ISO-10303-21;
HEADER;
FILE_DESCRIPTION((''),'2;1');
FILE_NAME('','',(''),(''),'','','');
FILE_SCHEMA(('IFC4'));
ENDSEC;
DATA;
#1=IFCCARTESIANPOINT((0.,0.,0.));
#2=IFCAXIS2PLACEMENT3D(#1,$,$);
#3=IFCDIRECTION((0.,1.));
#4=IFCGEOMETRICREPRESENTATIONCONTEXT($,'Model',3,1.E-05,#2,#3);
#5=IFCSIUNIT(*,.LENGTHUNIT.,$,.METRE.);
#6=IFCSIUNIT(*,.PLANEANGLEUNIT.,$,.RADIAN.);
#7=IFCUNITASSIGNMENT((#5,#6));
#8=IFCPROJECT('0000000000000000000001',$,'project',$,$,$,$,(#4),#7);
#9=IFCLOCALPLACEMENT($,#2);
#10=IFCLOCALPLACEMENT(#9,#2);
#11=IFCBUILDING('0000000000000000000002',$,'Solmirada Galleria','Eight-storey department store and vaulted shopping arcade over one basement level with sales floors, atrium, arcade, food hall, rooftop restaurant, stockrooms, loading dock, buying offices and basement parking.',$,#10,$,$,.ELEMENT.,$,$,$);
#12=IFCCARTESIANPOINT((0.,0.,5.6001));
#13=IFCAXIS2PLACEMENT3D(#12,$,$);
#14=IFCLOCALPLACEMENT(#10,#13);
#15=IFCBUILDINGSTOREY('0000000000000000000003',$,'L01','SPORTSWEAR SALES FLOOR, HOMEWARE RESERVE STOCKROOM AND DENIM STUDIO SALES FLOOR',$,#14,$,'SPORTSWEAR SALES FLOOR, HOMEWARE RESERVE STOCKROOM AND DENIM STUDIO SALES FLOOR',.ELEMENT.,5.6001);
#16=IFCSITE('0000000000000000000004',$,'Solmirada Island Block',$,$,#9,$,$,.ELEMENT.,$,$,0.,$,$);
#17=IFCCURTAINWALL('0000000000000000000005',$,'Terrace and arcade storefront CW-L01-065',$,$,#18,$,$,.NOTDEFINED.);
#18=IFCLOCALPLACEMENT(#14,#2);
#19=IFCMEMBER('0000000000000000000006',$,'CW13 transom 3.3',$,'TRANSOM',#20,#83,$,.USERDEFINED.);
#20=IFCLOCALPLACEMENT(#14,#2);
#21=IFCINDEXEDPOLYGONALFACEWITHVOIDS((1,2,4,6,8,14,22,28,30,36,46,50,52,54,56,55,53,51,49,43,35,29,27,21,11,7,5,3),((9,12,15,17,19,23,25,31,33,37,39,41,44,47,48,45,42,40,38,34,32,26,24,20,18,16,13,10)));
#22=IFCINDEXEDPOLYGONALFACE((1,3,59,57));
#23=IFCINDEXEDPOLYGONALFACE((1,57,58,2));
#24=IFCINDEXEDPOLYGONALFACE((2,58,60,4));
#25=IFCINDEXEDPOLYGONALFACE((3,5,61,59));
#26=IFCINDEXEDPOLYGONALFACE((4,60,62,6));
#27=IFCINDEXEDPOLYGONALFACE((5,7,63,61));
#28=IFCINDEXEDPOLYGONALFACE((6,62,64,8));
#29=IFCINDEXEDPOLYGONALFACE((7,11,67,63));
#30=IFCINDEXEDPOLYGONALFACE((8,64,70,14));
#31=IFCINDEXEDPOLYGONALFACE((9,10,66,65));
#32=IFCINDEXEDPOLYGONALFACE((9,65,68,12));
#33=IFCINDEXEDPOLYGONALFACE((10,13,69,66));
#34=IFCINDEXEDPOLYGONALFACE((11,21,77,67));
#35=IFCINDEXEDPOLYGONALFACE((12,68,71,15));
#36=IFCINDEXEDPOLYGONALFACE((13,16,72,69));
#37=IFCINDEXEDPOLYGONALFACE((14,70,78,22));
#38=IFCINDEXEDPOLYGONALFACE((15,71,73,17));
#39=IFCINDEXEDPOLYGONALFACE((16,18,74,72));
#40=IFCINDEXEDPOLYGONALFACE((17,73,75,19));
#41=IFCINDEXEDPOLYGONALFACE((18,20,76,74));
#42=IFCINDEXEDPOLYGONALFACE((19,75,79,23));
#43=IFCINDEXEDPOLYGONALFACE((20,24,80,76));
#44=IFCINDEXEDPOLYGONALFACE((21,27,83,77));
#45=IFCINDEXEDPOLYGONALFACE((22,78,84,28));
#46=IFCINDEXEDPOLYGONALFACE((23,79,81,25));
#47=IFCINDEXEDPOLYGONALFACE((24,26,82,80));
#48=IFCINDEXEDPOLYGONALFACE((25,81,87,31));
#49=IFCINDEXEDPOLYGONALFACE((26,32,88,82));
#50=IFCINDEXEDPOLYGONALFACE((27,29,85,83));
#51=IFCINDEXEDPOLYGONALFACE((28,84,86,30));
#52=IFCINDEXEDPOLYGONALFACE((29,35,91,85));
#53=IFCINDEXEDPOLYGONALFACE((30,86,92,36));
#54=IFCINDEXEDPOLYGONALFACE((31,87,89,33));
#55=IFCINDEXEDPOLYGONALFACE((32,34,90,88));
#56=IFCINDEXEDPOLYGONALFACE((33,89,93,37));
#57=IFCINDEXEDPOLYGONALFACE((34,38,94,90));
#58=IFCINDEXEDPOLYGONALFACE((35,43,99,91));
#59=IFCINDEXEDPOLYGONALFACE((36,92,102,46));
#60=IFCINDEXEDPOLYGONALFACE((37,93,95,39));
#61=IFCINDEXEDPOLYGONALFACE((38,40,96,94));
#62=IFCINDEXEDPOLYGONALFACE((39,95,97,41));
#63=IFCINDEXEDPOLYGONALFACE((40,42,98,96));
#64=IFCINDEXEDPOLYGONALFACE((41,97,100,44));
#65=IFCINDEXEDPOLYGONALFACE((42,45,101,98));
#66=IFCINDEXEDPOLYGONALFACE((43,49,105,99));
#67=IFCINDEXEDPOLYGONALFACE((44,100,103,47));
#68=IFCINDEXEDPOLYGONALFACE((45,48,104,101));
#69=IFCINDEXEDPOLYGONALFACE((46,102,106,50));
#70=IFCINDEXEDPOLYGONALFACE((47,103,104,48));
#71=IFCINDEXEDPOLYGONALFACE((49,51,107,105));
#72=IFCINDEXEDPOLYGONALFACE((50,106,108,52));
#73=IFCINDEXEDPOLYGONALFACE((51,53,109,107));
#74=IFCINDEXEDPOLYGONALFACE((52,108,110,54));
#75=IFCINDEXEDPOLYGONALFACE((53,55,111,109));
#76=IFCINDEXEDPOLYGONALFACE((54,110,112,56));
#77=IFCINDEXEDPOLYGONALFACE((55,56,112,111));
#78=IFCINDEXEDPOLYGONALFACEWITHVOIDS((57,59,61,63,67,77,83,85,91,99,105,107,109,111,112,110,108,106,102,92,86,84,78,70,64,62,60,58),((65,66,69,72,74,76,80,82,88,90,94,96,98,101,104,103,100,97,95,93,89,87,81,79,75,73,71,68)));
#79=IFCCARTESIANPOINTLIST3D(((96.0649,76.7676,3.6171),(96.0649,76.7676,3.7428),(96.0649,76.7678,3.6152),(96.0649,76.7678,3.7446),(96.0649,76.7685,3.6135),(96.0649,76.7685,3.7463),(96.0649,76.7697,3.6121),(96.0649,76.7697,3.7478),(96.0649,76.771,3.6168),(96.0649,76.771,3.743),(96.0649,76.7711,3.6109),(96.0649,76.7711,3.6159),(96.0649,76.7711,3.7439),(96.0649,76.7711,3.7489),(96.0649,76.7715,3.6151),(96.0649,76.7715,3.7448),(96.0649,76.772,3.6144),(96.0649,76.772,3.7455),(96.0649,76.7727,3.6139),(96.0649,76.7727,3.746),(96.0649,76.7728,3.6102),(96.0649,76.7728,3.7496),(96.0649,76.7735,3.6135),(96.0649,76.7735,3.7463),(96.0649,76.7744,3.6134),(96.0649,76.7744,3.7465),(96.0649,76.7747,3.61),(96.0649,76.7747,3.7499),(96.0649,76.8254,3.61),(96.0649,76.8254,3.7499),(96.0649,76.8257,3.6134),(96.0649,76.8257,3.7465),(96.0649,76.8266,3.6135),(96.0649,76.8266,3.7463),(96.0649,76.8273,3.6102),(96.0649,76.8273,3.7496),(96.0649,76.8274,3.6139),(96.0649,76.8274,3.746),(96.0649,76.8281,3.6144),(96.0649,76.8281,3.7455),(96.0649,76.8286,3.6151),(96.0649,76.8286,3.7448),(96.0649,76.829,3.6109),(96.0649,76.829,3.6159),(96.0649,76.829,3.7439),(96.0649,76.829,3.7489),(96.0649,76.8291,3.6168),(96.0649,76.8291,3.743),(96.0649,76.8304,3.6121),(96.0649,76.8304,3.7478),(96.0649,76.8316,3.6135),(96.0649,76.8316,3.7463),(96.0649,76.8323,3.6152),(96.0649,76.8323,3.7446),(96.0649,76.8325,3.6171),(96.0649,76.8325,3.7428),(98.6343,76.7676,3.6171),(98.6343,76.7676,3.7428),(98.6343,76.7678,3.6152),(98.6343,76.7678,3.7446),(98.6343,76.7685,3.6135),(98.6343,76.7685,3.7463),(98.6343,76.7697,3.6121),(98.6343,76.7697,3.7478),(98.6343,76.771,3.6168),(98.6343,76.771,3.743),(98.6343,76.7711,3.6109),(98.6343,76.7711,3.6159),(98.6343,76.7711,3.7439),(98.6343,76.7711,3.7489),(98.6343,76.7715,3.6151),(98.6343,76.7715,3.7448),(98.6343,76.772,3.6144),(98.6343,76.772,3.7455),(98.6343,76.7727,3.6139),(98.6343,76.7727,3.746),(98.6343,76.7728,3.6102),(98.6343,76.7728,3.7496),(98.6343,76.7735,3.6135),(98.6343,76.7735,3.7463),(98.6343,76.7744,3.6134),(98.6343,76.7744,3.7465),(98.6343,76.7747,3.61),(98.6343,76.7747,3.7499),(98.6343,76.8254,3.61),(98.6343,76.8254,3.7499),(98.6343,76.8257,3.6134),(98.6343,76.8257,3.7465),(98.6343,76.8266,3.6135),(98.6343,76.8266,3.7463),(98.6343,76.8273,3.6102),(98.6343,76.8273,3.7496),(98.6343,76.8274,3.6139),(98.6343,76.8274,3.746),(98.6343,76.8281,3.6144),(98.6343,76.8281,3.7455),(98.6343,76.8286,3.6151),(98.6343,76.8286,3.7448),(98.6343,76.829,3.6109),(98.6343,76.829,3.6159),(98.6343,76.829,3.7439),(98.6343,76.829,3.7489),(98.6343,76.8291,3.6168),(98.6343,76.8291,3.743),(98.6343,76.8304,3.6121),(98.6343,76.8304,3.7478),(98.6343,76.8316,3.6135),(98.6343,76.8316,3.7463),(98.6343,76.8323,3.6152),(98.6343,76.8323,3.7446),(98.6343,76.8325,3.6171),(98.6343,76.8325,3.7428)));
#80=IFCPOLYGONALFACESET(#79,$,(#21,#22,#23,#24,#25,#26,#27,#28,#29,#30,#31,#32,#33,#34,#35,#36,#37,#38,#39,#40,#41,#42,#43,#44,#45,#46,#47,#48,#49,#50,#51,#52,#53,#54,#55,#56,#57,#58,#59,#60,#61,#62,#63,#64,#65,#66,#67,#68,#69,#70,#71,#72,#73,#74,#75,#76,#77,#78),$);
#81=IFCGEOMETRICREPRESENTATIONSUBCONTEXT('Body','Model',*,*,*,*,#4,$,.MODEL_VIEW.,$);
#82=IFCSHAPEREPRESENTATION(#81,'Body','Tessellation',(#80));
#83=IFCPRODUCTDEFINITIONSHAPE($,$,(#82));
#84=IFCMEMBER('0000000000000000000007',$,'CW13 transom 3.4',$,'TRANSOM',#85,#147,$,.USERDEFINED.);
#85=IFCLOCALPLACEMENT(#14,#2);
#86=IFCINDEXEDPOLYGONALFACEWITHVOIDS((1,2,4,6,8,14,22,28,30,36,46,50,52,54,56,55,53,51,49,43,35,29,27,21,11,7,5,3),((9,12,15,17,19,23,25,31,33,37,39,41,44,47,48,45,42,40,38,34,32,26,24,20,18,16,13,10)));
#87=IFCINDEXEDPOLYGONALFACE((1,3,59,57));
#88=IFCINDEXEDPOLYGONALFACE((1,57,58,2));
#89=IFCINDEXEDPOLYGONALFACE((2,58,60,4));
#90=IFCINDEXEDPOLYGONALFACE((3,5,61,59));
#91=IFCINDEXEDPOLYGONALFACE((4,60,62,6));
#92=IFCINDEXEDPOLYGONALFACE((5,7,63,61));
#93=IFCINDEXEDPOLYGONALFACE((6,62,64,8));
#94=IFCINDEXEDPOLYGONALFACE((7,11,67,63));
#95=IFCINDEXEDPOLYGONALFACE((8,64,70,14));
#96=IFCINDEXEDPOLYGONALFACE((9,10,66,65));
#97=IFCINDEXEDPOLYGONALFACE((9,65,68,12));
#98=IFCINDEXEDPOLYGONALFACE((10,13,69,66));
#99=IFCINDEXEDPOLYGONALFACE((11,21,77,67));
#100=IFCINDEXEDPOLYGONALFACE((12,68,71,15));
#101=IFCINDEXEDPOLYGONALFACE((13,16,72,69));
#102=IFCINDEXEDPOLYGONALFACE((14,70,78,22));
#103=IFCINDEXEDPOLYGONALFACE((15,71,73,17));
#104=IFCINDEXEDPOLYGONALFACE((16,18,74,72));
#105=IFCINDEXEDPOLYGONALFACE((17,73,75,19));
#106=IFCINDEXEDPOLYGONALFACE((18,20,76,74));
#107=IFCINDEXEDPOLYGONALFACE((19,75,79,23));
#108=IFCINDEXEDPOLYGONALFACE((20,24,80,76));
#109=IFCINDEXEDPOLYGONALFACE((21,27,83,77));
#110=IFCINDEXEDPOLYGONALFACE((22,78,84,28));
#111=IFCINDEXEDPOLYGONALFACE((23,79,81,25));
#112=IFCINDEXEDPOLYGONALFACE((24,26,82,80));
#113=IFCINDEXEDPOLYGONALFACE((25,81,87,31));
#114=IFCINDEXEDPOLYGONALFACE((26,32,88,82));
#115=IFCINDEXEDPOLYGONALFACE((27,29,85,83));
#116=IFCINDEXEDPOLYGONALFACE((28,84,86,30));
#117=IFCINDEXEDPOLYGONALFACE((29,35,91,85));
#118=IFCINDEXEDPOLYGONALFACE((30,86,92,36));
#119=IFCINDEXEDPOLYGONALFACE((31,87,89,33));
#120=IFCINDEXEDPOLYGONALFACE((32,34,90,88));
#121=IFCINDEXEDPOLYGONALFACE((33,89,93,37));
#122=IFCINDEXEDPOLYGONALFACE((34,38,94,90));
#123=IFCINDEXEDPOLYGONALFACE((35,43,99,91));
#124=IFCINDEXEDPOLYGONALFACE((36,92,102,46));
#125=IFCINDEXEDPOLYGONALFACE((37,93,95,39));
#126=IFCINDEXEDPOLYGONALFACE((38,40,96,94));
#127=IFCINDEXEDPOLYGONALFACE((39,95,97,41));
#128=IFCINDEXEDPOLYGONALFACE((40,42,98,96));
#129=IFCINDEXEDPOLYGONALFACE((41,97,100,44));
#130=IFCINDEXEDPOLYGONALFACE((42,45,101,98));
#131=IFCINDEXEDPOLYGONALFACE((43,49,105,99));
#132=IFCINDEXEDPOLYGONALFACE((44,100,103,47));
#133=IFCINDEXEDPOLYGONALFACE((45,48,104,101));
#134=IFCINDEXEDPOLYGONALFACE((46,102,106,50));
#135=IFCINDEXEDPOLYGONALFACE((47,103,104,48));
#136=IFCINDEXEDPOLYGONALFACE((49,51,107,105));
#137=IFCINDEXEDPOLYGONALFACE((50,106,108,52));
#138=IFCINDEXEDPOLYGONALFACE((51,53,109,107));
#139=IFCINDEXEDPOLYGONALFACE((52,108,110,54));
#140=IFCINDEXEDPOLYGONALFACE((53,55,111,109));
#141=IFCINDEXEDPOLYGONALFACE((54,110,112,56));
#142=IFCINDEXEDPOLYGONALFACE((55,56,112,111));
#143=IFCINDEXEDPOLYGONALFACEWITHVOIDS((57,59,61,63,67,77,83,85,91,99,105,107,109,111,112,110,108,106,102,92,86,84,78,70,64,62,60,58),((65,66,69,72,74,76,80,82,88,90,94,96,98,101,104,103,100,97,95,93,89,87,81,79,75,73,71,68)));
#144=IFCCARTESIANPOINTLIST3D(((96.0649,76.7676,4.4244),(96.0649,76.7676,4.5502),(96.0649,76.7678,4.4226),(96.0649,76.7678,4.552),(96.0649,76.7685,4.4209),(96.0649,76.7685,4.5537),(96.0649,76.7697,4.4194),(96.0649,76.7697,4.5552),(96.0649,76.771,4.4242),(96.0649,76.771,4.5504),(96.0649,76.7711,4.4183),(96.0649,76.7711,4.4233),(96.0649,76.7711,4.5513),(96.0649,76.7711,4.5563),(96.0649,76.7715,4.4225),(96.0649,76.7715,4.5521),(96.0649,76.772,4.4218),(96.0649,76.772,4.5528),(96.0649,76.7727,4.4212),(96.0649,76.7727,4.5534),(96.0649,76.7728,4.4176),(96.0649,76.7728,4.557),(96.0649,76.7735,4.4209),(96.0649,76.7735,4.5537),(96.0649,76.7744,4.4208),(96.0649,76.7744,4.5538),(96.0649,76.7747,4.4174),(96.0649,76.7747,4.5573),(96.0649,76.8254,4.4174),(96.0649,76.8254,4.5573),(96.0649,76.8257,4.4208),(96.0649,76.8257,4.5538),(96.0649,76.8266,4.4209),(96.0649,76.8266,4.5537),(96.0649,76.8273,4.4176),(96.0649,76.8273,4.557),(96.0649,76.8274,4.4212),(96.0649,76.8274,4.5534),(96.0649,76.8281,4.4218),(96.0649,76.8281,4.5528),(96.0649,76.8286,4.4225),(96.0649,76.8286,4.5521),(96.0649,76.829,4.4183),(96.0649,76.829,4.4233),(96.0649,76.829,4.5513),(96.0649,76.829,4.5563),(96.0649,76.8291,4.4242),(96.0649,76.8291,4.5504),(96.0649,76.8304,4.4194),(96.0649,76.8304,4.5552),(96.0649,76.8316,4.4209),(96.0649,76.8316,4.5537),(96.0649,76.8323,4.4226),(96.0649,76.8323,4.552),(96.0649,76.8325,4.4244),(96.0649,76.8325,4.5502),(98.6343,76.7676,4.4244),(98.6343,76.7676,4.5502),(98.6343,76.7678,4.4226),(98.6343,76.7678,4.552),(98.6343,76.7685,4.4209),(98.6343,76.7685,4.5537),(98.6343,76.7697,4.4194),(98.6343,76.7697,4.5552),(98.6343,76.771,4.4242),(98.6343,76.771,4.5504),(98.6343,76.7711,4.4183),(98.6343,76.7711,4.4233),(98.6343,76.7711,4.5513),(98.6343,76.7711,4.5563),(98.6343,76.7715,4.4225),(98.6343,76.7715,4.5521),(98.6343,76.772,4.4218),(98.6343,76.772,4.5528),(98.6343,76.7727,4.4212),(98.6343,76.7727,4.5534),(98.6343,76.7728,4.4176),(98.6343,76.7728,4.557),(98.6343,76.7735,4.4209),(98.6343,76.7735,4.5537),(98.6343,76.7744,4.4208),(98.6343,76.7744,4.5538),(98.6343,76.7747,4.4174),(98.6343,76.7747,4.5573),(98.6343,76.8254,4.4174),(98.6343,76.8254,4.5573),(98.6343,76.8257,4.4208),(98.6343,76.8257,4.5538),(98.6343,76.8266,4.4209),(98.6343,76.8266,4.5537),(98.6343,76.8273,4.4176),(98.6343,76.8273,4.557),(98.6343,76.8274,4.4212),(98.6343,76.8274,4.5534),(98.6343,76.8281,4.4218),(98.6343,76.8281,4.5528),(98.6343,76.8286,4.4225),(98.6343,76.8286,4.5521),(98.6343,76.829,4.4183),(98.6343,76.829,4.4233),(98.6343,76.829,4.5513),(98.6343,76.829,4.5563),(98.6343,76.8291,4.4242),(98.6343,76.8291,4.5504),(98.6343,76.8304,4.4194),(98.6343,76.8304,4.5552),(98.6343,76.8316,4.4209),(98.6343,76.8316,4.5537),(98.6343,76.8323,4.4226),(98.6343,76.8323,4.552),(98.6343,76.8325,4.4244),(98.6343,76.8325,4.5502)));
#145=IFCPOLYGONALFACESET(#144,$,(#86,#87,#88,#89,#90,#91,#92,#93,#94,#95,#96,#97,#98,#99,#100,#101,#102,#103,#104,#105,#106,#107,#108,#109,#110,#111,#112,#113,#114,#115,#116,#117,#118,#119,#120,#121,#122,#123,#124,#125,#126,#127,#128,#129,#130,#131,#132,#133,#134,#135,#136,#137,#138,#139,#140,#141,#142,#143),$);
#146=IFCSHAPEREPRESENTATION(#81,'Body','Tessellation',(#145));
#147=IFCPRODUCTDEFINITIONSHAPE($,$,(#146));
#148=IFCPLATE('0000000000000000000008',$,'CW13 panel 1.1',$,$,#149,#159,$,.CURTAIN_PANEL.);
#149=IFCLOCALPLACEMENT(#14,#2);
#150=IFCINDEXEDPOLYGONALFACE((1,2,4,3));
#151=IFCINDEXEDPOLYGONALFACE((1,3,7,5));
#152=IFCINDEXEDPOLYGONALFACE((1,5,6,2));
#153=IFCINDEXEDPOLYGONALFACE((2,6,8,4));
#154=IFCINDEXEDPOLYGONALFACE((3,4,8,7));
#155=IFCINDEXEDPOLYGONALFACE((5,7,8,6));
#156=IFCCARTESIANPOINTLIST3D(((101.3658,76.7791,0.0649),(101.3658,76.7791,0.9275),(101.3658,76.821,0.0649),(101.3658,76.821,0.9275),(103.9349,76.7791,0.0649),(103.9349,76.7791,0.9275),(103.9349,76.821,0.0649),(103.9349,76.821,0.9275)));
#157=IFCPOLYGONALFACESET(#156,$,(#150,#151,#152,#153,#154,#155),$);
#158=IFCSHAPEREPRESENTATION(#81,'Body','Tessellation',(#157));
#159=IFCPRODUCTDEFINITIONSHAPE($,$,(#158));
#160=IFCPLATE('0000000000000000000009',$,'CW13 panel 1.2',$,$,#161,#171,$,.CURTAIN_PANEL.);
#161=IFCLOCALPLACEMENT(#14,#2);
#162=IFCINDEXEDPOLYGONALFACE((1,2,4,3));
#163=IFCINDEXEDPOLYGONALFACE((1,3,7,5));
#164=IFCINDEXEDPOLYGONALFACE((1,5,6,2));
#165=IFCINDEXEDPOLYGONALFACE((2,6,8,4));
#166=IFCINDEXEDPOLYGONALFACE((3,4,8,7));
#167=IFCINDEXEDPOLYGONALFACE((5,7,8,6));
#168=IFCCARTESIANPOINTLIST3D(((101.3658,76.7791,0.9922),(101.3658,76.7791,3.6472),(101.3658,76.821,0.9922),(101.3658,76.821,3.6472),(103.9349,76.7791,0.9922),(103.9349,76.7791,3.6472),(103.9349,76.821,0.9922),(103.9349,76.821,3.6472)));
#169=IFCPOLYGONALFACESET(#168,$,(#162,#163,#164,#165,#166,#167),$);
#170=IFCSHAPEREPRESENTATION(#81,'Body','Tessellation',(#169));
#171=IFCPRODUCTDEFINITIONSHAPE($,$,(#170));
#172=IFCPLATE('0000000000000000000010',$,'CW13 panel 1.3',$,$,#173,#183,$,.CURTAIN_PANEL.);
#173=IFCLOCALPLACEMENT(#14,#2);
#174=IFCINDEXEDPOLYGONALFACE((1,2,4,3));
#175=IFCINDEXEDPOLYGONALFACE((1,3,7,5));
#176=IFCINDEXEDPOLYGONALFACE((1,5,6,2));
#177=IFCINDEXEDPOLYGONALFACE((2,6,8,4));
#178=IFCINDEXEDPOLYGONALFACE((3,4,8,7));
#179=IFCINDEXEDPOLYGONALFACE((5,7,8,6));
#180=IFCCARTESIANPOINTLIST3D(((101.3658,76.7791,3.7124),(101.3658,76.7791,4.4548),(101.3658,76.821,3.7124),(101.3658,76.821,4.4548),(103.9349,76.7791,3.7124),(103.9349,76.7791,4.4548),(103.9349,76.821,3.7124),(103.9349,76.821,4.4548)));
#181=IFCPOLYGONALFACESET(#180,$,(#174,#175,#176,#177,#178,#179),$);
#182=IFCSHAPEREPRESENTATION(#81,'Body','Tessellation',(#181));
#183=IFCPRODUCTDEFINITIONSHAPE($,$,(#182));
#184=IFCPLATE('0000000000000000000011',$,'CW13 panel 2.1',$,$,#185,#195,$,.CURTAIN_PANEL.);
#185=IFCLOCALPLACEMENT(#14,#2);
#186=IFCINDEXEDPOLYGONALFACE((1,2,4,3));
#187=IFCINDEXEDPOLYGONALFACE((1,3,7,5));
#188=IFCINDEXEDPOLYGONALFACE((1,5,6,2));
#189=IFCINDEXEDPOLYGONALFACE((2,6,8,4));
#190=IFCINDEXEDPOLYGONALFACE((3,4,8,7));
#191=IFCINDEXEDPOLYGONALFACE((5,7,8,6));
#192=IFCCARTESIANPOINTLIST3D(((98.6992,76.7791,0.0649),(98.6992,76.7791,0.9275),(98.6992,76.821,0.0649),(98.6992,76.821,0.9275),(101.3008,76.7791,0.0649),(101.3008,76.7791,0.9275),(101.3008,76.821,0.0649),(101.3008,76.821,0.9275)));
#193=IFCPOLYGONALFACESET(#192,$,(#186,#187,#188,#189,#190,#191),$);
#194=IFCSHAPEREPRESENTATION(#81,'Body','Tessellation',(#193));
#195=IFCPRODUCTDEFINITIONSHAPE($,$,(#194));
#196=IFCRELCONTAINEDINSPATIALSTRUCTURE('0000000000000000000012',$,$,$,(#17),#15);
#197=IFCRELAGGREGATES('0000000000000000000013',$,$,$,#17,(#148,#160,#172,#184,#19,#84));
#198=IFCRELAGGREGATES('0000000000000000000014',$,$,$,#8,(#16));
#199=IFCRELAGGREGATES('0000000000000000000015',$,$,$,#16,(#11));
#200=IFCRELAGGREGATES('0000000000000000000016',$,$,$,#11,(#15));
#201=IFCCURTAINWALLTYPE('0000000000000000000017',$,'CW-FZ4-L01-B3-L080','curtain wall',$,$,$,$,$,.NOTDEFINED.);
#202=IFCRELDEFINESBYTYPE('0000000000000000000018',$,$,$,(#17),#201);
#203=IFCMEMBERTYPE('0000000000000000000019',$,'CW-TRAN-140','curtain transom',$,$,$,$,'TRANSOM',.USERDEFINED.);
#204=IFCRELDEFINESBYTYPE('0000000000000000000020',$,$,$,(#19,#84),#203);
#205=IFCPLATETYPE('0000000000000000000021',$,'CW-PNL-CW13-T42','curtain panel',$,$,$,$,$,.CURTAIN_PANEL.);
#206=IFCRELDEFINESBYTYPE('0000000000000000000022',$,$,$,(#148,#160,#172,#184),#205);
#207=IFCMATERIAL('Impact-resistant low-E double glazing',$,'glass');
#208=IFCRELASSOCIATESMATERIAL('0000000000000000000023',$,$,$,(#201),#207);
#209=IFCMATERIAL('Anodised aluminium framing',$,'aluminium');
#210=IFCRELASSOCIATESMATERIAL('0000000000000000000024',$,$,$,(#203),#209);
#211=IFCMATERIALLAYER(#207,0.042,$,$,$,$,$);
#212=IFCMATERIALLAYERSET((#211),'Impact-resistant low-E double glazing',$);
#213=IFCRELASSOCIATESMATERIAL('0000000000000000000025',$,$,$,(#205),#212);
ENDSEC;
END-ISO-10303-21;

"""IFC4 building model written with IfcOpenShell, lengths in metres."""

from ifc_helpers import new_model, si_unit, direction, frame, origin, origin_2d, place, context, subcontext, project, spatial, rectangle, hollow_rectangle, extrude, material, layer, layer_set, material_profile, profile_set, type_object, element, aggregate, save


model = new_model("IFC4")

# Units and contexts
model_context = context("Model", 3, precision=1e-05, world=origin(), true_north=direction((0.0, 1.0)))
body_context = subcontext(model_context, "Body", "Model", "MODEL_VIEW")
ifc_project = project(units=[si_unit("LENGTHUNIT", "METRE"), si_unit("PLANEANGLEUNIT", "RADIAN")], contexts=[model_context])

# Site, building, storey
site_placement = place(None, origin())
site = spatial("IfcSite", under=ifc_project, at=site_placement, Name="Solmirada Island Block", CompositionType="ELEMENT", RefElevation=0.0)
building_placement = place(site_placement, origin())
building = spatial("IfcBuilding", under=site, at=building_placement, Name="Solmirada Galleria", Description="Eight-storey department store and vaulted shopping arcade over one basement level with sales floors, atrium, arcade, food hall, rooftop restaurant, stockrooms, loading dock, buying offices and basement parking.", CompositionType="ELEMENT")
storey_placement = place(building_placement, frame((0.0, 0.0, 5.6001)))
storey = spatial("IfcBuildingStorey", under=building, at=storey_placement, Name="L01", Description="SPORTSWEAR SALES FLOOR, HOMEWARE RESERVE STOCKROOM AND DENIM STUDIO SALES FLOOR", LongName="SPORTSWEAR SALES FLOOR, HOMEWARE RESERVE STOCKROOM AND DENIM STUDIO SALES FLOOR", CompositionType="ELEMENT", Elevation=5.6001)

# Curtain wall, members, plates
ifc_material_1 = material(Name="Impact-resistant low-E double glazing", Category="glass")
curtain_wall_type = type_object("IfcCurtainWallType", Name="CW-FZ4-L01-B3-L080", Description="curtain wall", PredefinedType="NOTDEFINED", material=ifc_material_1)
curtain_wall_placement = place(storey_placement, origin())
curtain_wall = element("IfcCurtainWall", 1, at=curtain_wall_placement, inside=storey, type_object=curtain_wall_type, Name="Terrace and arcade storefront CW-L01-065", PredefinedType="NOTDEFINED")
ifc_material_2 = material(Name="Anodised aluminium framing", Category="aluminium")
ifc_material_profile_1 = material_profile(ifc_material_2, hollow_rectangle(XDim=0.0649, YDim=0.1399, WallThickness=0.0034, InnerFilletRadius=0.0034, OuterFilletRadius=0.0071, at=origin_2d()), Name="ALU-TRAN-140X65")
ifc_profile_set_1 = profile_set([ifc_material_profile_1], Name="Anodised aluminium framing")
member_type_1 = type_object("IfcMemberType", Name="CW-TRAN-140", Description="curtain transom", ElementType="TRANSOM", PredefinedType="USERDEFINED", material=ifc_profile_set_1)
member_1_placement = place(storey_placement, frame((98.6343, 76.8, 3.6799), z_axis=(-1.0, 0.0, 0.0), x_axis=(0.0, -1.0, 0.0)))
member_1 = element("IfcMember", 2, at=member_1_placement, type_object=member_type_1, Name="CW13 transom 3.3", ObjectType="TRANSOM", PredefinedType="USERDEFINED", context=body_context, shape_type="SweptSolid", body=[
    extrude(hollow_rectangle(XDim=0.0649, YDim=0.1399, WallThickness=0.0034, InnerFilletRadius=0.0034, OuterFilletRadius=0.0071, at=origin_2d()), origin(), (0.0, 0.0, 1.0), 2.5693),
])
member_2_placement = place(storey_placement, frame((98.6343, 76.8, 4.4873), z_axis=(-1.0, 0.0, 0.0), x_axis=(0.0, -1.0, 0.0)))
member_2 = element("IfcMember", 3, at=member_2_placement, type_object=member_type_1, Name="CW13 transom 3.4", ObjectType="TRANSOM", PredefinedType="USERDEFINED", context=body_context, shape_type="SweptSolid", body=[
    extrude(hollow_rectangle(XDim=0.0649, YDim=0.1399, WallThickness=0.0034, InnerFilletRadius=0.0034, OuterFilletRadius=0.0071, at=origin_2d()), origin(), (0.0, 0.0, 1.0), 2.5693),
])
ifc_layer_1 = layer(ifc_material_1, 0.042)
ifc_layer_set_1 = layer_set([ifc_layer_1], Name="Impact-resistant low-E double glazing")
plate_type = type_object("IfcPlateType", Name="CW-PNL-CW13-T42", Description="curtain panel", PredefinedType="CURTAIN_PANEL", material=ifc_layer_set_1)
plate_1_placement = place(storey_placement, frame((102.6504, 76.8, 0.0649), z_axis=(0.0, 0.0, 1.0), x_axis=(-1.0, 0.0, 0.0)))
plate_1 = element("IfcPlate", 4, at=plate_1_placement, type_object=plate_type, Name="CW13 panel 1.1", PredefinedType="CURTAIN_PANEL", context=body_context, shape_type="SweptSolid", body=[
    extrude(rectangle(XDim=2.5691, YDim=0.042, at=origin_2d()), origin(), (0.0, 0.0, 1.0), 0.8625),
])
plate_2_placement = place(storey_placement, frame((102.6504, 76.8, 0.9922), z_axis=(0.0, 0.0, 1.0), x_axis=(-1.0, 0.0, 0.0)))
plate_2 = element("IfcPlate", 5, at=plate_2_placement, type_object=plate_type, Name="CW13 panel 1.2", PredefinedType="CURTAIN_PANEL", context=body_context, shape_type="SweptSolid", body=[
    extrude(rectangle(XDim=2.5691, YDim=0.042, at=origin_2d()), origin(), (0.0, 0.0, 1.0), 2.655),
])
plate_3_placement = place(storey_placement, frame((102.6504, 76.8, 3.7124), z_axis=(0.0, 0.0, 1.0), x_axis=(-1.0, 0.0, 0.0)))
plate_3 = element("IfcPlate", 6, at=plate_3_placement, type_object=plate_type, Name="CW13 panel 1.3", PredefinedType="CURTAIN_PANEL", context=body_context, shape_type="SweptSolid", body=[
    extrude(rectangle(XDim=2.5691, YDim=0.042, at=origin_2d()), origin(), (0.0, 0.0, 1.0), 0.7424),
])
plate_4_placement = place(storey_placement, frame((100.0, 76.8, 0.0649), z_axis=(0.0, 0.0, 1.0), x_axis=(-1.0, 0.0, 0.0)))
plate_4 = element("IfcPlate", 7, at=plate_4_placement, type_object=plate_type, Name="CW13 panel 2.1", PredefinedType="CURTAIN_PANEL", context=body_context, shape_type="SweptSolid", body=[
    extrude(rectangle(XDim=2.6016, YDim=0.042, at=origin_2d()), origin(), (0.0, 0.0, 1.0), 0.8625),
])
aggregate(curtain_wall, [plate_1, plate_2, plate_3, plate_4, member_1, member_2])

save(model, "model.ifc")
